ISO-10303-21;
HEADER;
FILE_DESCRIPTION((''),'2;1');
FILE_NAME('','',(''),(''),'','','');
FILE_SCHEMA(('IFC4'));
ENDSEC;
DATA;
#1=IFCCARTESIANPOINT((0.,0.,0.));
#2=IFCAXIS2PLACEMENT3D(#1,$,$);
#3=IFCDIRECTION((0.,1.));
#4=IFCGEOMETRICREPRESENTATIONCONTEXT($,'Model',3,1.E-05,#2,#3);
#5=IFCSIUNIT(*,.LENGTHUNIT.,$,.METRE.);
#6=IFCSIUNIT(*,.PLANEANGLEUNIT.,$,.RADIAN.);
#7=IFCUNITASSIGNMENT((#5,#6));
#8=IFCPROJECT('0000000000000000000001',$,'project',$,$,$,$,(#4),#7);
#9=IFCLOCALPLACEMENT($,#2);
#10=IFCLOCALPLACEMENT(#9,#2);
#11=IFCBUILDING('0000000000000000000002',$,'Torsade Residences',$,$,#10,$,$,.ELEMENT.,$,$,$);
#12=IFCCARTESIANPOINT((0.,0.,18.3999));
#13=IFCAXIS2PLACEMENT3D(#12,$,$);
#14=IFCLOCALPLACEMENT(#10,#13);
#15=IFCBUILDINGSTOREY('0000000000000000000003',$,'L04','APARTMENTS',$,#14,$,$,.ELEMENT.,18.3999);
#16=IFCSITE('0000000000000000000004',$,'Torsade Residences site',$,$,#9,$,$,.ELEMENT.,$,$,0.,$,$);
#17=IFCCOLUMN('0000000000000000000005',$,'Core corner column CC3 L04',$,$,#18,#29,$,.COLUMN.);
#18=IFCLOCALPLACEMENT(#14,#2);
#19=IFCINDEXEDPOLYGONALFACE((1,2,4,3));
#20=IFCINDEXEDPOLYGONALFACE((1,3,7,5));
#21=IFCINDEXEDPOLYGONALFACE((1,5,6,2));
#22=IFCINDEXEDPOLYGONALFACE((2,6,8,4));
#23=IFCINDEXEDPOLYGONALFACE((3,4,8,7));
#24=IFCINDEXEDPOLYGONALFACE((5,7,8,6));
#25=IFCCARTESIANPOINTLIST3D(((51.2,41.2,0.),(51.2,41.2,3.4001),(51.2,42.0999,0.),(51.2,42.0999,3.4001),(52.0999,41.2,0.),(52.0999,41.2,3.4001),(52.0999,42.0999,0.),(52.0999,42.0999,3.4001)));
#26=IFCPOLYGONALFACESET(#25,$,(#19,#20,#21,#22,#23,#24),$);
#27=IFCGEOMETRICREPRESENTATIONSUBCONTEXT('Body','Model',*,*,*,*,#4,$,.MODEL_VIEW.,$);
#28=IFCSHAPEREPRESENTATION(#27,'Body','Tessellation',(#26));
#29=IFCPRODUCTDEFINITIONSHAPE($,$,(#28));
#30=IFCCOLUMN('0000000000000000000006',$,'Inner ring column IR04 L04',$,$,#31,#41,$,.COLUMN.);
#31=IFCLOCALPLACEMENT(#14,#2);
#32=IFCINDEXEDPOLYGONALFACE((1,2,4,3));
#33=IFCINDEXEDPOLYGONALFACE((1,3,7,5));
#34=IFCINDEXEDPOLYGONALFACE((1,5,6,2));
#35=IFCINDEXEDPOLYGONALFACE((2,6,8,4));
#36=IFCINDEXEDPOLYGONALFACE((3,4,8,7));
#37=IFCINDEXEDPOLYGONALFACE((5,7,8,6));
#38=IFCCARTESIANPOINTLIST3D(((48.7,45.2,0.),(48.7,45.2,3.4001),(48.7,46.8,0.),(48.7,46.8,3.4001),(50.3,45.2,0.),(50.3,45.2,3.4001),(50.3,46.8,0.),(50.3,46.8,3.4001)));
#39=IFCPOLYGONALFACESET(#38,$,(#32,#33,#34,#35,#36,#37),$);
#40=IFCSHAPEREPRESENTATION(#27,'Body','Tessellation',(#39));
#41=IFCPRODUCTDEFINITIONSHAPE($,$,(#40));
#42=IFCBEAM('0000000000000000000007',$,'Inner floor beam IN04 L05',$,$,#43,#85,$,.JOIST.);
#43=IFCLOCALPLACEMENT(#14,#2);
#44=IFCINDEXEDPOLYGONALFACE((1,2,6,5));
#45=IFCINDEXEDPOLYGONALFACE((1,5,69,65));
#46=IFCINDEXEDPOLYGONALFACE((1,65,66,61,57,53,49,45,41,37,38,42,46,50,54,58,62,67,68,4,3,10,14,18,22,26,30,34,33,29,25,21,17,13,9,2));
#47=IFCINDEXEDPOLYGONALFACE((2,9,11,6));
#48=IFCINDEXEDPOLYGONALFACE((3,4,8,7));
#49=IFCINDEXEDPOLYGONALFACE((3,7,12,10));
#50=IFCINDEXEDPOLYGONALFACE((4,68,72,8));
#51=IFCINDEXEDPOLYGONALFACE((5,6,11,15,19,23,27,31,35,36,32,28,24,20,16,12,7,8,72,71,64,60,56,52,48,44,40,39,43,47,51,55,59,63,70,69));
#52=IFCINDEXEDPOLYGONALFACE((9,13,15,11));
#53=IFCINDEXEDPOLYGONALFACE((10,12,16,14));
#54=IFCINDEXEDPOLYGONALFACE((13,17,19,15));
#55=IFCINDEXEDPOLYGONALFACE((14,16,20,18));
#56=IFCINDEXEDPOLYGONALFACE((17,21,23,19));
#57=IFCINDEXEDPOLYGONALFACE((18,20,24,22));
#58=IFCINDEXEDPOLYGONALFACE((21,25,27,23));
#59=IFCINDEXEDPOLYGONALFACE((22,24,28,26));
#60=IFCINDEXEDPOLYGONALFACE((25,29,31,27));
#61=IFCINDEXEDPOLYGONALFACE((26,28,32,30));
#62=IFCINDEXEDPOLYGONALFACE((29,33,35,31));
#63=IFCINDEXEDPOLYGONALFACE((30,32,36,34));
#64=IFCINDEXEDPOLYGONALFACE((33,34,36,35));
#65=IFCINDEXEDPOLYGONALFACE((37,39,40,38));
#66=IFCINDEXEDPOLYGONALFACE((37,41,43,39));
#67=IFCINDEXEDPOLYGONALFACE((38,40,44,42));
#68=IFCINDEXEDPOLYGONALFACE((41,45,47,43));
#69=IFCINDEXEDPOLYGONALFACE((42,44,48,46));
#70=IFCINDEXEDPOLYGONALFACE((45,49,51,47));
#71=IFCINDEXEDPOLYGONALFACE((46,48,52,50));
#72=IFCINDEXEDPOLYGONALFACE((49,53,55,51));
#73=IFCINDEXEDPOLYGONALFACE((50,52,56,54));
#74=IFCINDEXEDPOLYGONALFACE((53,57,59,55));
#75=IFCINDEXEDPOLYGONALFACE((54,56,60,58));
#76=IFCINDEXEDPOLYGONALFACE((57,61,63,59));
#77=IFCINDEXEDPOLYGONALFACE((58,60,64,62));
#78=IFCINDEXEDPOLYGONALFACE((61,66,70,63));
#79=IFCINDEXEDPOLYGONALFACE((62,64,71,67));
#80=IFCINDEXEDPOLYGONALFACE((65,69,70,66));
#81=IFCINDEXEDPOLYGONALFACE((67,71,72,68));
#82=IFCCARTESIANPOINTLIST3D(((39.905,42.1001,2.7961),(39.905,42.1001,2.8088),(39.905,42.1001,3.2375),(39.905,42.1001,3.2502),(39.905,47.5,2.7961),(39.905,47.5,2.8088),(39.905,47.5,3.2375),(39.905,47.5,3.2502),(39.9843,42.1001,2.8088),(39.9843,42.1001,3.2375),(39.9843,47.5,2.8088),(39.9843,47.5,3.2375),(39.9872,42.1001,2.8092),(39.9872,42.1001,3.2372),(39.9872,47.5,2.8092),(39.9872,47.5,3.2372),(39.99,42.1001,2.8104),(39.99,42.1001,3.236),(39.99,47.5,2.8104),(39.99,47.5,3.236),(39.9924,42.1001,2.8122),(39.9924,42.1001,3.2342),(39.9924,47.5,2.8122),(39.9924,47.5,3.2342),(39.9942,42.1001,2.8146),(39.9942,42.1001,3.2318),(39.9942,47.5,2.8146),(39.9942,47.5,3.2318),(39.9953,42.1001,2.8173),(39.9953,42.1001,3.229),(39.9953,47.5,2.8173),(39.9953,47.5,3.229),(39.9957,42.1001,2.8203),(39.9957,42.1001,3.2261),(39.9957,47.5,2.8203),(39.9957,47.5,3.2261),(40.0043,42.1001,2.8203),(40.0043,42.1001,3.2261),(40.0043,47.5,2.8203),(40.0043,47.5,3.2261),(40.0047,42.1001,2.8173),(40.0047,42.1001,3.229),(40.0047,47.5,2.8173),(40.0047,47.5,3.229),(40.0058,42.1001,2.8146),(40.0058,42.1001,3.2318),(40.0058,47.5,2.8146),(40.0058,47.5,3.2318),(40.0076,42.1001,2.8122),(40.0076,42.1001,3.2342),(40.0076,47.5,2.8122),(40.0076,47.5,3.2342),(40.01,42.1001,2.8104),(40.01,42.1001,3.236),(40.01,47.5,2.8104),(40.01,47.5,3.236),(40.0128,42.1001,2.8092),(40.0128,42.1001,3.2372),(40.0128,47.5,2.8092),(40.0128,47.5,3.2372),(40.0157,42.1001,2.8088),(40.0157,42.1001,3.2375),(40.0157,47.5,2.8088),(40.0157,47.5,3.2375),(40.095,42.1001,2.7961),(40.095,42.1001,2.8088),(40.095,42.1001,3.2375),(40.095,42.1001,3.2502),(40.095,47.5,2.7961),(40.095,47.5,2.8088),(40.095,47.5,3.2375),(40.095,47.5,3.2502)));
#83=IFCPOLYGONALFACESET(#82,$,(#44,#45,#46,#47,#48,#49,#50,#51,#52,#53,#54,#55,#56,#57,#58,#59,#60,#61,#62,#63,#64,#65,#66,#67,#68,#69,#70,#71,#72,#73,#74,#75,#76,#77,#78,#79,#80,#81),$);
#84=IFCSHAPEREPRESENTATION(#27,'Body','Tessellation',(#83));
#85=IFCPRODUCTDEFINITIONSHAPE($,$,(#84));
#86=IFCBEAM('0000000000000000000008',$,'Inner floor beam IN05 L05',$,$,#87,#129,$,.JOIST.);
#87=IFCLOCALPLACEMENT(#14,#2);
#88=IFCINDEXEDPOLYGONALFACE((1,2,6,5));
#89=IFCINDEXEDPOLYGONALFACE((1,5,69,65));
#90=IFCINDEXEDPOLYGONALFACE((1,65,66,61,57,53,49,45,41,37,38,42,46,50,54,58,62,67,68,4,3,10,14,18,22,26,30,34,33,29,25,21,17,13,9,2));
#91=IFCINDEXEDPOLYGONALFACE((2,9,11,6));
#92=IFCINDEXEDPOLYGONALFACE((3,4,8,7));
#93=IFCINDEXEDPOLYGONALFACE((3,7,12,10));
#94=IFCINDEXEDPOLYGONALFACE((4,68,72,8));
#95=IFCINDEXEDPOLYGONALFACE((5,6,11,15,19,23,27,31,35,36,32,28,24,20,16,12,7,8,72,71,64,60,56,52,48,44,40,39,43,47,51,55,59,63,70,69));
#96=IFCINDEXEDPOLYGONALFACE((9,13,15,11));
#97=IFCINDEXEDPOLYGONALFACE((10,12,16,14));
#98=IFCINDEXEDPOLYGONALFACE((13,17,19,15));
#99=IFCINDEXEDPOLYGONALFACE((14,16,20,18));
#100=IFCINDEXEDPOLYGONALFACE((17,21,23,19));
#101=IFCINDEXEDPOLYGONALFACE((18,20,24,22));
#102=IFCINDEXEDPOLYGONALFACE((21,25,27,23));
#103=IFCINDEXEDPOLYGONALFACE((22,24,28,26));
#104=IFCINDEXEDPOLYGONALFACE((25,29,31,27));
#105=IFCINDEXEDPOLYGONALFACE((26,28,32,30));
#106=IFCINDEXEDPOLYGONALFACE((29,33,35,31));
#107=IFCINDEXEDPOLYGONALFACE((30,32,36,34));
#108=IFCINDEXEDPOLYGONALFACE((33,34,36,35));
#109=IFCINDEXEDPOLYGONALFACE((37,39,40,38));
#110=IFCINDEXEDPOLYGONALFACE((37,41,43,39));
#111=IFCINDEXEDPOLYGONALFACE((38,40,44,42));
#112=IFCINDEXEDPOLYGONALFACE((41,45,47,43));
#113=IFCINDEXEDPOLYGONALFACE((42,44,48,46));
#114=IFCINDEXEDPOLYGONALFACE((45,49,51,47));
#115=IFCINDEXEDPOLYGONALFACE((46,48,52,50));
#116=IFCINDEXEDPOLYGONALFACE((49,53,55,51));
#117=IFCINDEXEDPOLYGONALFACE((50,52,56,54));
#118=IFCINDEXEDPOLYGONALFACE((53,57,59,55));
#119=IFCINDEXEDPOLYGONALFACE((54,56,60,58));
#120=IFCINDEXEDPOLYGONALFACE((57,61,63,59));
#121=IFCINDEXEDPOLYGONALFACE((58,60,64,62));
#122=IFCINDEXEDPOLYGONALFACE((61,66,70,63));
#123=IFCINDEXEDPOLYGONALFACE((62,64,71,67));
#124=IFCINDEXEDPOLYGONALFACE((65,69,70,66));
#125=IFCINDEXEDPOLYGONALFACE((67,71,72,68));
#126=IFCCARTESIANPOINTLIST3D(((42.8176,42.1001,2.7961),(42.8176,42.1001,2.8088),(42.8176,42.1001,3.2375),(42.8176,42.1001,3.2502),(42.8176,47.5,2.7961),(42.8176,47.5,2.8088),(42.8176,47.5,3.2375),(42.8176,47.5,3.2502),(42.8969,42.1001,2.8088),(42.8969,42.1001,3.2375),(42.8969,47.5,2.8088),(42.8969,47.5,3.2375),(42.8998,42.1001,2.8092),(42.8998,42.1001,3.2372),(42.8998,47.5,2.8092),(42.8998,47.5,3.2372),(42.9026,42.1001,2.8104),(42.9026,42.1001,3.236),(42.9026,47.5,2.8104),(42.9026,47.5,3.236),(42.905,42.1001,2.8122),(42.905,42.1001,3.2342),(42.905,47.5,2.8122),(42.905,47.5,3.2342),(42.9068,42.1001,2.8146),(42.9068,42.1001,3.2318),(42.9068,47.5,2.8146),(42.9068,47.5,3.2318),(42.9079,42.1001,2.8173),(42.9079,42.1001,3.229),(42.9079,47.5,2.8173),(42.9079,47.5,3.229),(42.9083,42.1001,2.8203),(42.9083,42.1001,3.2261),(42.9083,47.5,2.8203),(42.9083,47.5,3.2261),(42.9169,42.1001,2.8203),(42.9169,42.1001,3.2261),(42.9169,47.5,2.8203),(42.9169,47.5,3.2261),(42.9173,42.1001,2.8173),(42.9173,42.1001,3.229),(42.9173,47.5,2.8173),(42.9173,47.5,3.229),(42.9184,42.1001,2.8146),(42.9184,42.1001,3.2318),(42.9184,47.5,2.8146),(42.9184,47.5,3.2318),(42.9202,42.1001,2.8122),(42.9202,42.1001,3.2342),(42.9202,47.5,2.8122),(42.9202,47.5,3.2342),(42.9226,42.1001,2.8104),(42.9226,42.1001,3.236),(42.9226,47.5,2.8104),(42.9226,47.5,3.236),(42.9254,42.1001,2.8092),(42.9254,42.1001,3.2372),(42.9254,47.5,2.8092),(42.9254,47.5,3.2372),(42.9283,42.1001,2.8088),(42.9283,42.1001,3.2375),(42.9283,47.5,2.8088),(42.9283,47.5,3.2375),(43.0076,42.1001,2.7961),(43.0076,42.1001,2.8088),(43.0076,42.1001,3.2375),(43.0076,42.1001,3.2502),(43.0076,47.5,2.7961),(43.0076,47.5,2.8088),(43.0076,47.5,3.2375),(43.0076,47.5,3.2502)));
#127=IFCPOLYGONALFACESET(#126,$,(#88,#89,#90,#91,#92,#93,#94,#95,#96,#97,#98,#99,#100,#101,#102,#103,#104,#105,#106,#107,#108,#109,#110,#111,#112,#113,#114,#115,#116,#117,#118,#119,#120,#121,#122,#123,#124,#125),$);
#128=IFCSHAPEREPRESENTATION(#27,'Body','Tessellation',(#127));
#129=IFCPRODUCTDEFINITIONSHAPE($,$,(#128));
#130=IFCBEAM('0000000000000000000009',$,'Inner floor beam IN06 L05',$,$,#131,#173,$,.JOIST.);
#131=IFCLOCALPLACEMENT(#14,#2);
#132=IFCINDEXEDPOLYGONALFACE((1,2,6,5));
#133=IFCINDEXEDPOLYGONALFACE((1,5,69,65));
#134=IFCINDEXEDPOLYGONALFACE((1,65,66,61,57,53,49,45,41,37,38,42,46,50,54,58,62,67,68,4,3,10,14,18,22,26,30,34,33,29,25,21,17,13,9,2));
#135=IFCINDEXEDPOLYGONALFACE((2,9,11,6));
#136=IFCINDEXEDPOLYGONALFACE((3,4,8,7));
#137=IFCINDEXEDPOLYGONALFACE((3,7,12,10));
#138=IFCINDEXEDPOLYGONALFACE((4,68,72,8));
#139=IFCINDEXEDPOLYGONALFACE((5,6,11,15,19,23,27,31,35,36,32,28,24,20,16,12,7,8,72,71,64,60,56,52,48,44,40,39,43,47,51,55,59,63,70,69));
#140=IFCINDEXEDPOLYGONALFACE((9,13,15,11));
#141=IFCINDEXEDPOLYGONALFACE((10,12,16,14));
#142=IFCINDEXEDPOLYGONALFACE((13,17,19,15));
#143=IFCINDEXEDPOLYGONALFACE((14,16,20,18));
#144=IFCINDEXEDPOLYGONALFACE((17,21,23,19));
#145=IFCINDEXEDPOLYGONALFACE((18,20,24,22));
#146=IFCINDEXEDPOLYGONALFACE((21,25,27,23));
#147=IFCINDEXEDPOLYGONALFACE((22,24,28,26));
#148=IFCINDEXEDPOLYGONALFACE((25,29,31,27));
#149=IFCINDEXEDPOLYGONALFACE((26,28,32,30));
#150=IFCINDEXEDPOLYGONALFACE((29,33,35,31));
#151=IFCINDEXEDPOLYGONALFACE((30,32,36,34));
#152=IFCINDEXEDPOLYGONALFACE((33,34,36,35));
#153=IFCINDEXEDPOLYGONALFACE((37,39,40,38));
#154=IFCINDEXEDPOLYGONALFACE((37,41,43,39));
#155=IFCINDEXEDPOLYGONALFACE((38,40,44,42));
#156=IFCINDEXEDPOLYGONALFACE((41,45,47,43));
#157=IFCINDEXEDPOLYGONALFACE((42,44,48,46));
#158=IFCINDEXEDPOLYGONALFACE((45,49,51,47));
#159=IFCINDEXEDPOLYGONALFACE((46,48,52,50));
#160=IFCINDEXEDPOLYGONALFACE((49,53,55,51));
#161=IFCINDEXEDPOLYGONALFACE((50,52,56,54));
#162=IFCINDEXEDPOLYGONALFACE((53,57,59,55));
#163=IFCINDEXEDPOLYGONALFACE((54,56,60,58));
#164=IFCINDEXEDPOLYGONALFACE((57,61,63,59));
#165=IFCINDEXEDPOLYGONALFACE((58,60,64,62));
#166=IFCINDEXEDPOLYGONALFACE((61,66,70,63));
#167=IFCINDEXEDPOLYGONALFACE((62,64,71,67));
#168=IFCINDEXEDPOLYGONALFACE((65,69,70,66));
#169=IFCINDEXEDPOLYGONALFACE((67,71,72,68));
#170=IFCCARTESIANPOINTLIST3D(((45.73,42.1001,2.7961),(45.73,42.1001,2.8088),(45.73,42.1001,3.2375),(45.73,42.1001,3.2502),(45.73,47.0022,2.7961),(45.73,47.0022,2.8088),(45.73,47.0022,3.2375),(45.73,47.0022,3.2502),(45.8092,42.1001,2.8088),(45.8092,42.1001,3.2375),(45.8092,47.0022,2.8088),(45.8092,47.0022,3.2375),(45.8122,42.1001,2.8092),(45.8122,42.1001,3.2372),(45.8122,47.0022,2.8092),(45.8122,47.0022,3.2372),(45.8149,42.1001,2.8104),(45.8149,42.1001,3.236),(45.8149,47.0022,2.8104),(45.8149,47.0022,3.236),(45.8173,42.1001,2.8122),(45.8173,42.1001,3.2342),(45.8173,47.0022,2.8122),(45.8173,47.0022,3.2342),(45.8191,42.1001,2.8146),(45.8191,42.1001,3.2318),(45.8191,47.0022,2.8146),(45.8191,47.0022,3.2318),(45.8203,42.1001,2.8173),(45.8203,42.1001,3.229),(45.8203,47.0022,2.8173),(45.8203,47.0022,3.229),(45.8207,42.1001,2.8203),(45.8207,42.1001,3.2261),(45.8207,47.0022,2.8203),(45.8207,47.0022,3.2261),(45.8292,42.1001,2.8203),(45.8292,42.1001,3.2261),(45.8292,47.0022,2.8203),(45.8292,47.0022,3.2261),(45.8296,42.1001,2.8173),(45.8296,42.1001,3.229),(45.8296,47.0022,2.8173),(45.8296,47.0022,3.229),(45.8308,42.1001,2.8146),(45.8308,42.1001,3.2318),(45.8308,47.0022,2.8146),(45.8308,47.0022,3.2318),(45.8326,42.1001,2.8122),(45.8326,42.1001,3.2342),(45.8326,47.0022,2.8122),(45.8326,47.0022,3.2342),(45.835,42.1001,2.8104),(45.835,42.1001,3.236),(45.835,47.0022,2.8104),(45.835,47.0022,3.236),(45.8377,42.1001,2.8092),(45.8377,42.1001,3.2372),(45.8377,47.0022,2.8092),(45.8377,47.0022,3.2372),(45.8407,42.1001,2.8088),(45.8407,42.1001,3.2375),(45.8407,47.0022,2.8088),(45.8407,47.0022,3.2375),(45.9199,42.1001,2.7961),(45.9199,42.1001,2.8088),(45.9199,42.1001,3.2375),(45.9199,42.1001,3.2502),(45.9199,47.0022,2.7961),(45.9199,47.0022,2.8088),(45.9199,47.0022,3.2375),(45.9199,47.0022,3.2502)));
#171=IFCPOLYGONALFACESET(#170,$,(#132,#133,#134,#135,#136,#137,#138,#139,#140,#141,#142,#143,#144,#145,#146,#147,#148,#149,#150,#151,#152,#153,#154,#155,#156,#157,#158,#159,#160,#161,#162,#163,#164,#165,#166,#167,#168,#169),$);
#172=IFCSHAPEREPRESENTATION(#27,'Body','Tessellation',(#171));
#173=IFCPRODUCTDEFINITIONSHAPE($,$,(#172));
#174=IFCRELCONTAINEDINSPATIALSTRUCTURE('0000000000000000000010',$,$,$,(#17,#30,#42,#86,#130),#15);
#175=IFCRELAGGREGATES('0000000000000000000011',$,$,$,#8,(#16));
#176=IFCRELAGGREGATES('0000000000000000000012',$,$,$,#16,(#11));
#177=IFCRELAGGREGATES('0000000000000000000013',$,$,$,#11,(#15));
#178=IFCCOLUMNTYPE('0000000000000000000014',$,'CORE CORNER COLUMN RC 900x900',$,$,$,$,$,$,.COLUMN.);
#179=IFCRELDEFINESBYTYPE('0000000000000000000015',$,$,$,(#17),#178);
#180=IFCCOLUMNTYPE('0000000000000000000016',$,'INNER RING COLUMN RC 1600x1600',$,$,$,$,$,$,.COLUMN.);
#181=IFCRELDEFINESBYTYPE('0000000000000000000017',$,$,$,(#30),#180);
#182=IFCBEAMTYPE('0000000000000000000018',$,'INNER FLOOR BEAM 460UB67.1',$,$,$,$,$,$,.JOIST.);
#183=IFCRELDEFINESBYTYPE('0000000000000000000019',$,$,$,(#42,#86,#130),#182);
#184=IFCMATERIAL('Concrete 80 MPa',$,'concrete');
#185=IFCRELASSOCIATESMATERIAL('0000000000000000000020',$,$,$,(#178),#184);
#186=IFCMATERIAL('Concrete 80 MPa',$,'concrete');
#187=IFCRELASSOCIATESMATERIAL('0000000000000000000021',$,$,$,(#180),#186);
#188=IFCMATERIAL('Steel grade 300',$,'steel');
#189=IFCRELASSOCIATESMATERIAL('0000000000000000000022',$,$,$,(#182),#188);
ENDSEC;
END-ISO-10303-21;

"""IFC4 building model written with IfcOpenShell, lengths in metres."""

from ifc_helpers import new_model, si_unit, direction, frame, origin, origin_2d, place, context, subcontext, project, spatial, rectangle, i_section, extrude, material, material_profile, profile_set, type_object, element, save


model = new_model("IFC4")

# Units and contexts
model_context = context("Model", 3, precision=1e-05, world=origin(), true_north=direction((0.0, 1.0)))
body_context = subcontext(model_context, "Body", "Model", "MODEL_VIEW")
ifc_project = project(units=[si_unit("LENGTHUNIT", "METRE"), si_unit("PLANEANGLEUNIT", "RADIAN")], contexts=[model_context])

# Site, building, storey
site_placement = place(None, origin())
site = spatial("IfcSite", under=ifc_project, at=site_placement, Name="Torsade Residences site", CompositionType="ELEMENT", RefElevation=0.0)
building_placement = place(site_placement, origin())
building = spatial("IfcBuilding", under=site, at=building_placement, Name="Torsade Residences", CompositionType="ELEMENT")
storey_placement = place(building_placement, frame((0.0, 0.0, 18.3999)))
storey = spatial("IfcBuildingStorey", under=building, at=storey_placement, Name="L04", Description="APARTMENTS", CompositionType="ELEMENT", Elevation=18.3999)

# Columns
ifc_material_1 = material(Name="Concrete 80 MPa", Category="concrete")
ifc_material_profile_1 = material_profile(ifc_material_1, rectangle(XDim=0.8999, YDim=0.8999, at=origin_2d()), Name="RC 900x900")
ifc_profile_set_1 = profile_set([ifc_material_profile_1], Name="Concrete 80 MPa")
column_type_1 = type_object("IfcColumnType", Name="CORE CORNER COLUMN RC 900x900", PredefinedType="COLUMN", material=ifc_profile_set_1)
column_1_placement = place(storey_placement, frame((51.6499, 41.6499, 0.0), z_axis=(0.0, 0.0, 1.0), x_axis=(1.0, 0.0, 0.0)))
element("IfcColumn", 1, at=column_1_placement, inside=storey, type_object=column_type_1, Name="Core corner column CC3 L04", PredefinedType="COLUMN", context=body_context, shape_type="SweptSolid", body=[
    extrude(rectangle(XDim=0.8999, YDim=0.8999, at=origin_2d()), origin(), (0.0, 0.0, 1.0), 3.4001),
])
ifc_material_2 = material(Name="Concrete 80 MPa", Category="concrete")
ifc_material_profile_2 = material_profile(ifc_material_2, rectangle(XDim=1.6001, YDim=1.6001, at=origin_2d()), Name="RC 1600x1600")
ifc_profile_set_2 = profile_set([ifc_material_profile_2], Name="Concrete 80 MPa")
column_type_2 = type_object("IfcColumnType", Name="INNER RING COLUMN RC 1600x1600", PredefinedType="COLUMN", material=ifc_profile_set_2)
column_2_placement = place(storey_placement, frame((49.5, 46.0, 0.0), z_axis=(0.0, 0.0, 1.0), x_axis=(1.0, 0.0, 0.0)))
element("IfcColumn", 2, at=column_2_placement, inside=storey, type_object=column_type_2, Name="Inner ring column IR04 L04", PredefinedType="COLUMN", context=body_context, shape_type="SweptSolid", body=[
    extrude(rectangle(XDim=1.6001, YDim=1.6001, at=origin_2d()), origin(), (0.0, 0.0, 1.0), 3.4001),
])

# Beams
ifc_material_3 = material(Name="Steel grade 300", Category="steel")
ifc_material_profile_3 = material_profile(ifc_material_3, i_section(OverallWidth=0.1899, OverallDepth=0.4541, WebThickness=0.0085, FlangeThickness=0.0127, FilletRadius=0.0115, at=origin_2d()), Name="460UB67.1")
ifc_profile_set_3 = profile_set([ifc_material_profile_3], Name="Steel grade 300")
beam_type_1 = type_object("IfcBeamType", Name="INNER FLOOR BEAM 460UB67.1", PredefinedType="JOIST", material=ifc_profile_set_3)
for number, where, z_axis, x_axis, name in (
    (3, (40.0, 42.1001, 3.0232), (0.0, 1.0, 0.0), (-1.0, 0.0, 0.0), "Inner floor beam IN04 L05"),
    (4, (42.9126, 42.1001, 3.0232), (0.0, 1.0, 0.0), (-1.0, 0.0, 0.0), "Inner floor beam IN05 L05"),
):
    element("IfcBeam", number, at=place(storey_placement, frame(where, z_axis=z_axis, x_axis=x_axis)), inside=storey, type_object=beam_type_1, Name=name, PredefinedType="JOIST", context=body_context, shape_type="SweptSolid", body=[
        extrude(i_section(OverallWidth=0.1899, OverallDepth=0.4541, WebThickness=0.0085, FlangeThickness=0.0127, FilletRadius=0.0115, at=origin_2d()), origin(), (0.0, 0.0, 1.0), 5.3999),
    ])
beam_1_placement = place(storey_placement, frame((45.825, 42.1001, 3.0232), z_axis=(0.0, 1.0, 0.0), x_axis=(-1.0, 0.0, 0.0)))
element("IfcBeam", 5, at=beam_1_placement, inside=storey, type_object=beam_type_1, Name="Inner floor beam IN06 L05", PredefinedType="JOIST", context=body_context, shape_type="SweptSolid", body=[
    extrude(i_section(OverallWidth=0.1899, OverallDepth=0.4541, WebThickness=0.0085, FlangeThickness=0.0127, FilletRadius=0.0115, at=origin_2d()), origin(), (0.0, 0.0, 1.0), 4.9021),
])

save(model, "model.ifc")
